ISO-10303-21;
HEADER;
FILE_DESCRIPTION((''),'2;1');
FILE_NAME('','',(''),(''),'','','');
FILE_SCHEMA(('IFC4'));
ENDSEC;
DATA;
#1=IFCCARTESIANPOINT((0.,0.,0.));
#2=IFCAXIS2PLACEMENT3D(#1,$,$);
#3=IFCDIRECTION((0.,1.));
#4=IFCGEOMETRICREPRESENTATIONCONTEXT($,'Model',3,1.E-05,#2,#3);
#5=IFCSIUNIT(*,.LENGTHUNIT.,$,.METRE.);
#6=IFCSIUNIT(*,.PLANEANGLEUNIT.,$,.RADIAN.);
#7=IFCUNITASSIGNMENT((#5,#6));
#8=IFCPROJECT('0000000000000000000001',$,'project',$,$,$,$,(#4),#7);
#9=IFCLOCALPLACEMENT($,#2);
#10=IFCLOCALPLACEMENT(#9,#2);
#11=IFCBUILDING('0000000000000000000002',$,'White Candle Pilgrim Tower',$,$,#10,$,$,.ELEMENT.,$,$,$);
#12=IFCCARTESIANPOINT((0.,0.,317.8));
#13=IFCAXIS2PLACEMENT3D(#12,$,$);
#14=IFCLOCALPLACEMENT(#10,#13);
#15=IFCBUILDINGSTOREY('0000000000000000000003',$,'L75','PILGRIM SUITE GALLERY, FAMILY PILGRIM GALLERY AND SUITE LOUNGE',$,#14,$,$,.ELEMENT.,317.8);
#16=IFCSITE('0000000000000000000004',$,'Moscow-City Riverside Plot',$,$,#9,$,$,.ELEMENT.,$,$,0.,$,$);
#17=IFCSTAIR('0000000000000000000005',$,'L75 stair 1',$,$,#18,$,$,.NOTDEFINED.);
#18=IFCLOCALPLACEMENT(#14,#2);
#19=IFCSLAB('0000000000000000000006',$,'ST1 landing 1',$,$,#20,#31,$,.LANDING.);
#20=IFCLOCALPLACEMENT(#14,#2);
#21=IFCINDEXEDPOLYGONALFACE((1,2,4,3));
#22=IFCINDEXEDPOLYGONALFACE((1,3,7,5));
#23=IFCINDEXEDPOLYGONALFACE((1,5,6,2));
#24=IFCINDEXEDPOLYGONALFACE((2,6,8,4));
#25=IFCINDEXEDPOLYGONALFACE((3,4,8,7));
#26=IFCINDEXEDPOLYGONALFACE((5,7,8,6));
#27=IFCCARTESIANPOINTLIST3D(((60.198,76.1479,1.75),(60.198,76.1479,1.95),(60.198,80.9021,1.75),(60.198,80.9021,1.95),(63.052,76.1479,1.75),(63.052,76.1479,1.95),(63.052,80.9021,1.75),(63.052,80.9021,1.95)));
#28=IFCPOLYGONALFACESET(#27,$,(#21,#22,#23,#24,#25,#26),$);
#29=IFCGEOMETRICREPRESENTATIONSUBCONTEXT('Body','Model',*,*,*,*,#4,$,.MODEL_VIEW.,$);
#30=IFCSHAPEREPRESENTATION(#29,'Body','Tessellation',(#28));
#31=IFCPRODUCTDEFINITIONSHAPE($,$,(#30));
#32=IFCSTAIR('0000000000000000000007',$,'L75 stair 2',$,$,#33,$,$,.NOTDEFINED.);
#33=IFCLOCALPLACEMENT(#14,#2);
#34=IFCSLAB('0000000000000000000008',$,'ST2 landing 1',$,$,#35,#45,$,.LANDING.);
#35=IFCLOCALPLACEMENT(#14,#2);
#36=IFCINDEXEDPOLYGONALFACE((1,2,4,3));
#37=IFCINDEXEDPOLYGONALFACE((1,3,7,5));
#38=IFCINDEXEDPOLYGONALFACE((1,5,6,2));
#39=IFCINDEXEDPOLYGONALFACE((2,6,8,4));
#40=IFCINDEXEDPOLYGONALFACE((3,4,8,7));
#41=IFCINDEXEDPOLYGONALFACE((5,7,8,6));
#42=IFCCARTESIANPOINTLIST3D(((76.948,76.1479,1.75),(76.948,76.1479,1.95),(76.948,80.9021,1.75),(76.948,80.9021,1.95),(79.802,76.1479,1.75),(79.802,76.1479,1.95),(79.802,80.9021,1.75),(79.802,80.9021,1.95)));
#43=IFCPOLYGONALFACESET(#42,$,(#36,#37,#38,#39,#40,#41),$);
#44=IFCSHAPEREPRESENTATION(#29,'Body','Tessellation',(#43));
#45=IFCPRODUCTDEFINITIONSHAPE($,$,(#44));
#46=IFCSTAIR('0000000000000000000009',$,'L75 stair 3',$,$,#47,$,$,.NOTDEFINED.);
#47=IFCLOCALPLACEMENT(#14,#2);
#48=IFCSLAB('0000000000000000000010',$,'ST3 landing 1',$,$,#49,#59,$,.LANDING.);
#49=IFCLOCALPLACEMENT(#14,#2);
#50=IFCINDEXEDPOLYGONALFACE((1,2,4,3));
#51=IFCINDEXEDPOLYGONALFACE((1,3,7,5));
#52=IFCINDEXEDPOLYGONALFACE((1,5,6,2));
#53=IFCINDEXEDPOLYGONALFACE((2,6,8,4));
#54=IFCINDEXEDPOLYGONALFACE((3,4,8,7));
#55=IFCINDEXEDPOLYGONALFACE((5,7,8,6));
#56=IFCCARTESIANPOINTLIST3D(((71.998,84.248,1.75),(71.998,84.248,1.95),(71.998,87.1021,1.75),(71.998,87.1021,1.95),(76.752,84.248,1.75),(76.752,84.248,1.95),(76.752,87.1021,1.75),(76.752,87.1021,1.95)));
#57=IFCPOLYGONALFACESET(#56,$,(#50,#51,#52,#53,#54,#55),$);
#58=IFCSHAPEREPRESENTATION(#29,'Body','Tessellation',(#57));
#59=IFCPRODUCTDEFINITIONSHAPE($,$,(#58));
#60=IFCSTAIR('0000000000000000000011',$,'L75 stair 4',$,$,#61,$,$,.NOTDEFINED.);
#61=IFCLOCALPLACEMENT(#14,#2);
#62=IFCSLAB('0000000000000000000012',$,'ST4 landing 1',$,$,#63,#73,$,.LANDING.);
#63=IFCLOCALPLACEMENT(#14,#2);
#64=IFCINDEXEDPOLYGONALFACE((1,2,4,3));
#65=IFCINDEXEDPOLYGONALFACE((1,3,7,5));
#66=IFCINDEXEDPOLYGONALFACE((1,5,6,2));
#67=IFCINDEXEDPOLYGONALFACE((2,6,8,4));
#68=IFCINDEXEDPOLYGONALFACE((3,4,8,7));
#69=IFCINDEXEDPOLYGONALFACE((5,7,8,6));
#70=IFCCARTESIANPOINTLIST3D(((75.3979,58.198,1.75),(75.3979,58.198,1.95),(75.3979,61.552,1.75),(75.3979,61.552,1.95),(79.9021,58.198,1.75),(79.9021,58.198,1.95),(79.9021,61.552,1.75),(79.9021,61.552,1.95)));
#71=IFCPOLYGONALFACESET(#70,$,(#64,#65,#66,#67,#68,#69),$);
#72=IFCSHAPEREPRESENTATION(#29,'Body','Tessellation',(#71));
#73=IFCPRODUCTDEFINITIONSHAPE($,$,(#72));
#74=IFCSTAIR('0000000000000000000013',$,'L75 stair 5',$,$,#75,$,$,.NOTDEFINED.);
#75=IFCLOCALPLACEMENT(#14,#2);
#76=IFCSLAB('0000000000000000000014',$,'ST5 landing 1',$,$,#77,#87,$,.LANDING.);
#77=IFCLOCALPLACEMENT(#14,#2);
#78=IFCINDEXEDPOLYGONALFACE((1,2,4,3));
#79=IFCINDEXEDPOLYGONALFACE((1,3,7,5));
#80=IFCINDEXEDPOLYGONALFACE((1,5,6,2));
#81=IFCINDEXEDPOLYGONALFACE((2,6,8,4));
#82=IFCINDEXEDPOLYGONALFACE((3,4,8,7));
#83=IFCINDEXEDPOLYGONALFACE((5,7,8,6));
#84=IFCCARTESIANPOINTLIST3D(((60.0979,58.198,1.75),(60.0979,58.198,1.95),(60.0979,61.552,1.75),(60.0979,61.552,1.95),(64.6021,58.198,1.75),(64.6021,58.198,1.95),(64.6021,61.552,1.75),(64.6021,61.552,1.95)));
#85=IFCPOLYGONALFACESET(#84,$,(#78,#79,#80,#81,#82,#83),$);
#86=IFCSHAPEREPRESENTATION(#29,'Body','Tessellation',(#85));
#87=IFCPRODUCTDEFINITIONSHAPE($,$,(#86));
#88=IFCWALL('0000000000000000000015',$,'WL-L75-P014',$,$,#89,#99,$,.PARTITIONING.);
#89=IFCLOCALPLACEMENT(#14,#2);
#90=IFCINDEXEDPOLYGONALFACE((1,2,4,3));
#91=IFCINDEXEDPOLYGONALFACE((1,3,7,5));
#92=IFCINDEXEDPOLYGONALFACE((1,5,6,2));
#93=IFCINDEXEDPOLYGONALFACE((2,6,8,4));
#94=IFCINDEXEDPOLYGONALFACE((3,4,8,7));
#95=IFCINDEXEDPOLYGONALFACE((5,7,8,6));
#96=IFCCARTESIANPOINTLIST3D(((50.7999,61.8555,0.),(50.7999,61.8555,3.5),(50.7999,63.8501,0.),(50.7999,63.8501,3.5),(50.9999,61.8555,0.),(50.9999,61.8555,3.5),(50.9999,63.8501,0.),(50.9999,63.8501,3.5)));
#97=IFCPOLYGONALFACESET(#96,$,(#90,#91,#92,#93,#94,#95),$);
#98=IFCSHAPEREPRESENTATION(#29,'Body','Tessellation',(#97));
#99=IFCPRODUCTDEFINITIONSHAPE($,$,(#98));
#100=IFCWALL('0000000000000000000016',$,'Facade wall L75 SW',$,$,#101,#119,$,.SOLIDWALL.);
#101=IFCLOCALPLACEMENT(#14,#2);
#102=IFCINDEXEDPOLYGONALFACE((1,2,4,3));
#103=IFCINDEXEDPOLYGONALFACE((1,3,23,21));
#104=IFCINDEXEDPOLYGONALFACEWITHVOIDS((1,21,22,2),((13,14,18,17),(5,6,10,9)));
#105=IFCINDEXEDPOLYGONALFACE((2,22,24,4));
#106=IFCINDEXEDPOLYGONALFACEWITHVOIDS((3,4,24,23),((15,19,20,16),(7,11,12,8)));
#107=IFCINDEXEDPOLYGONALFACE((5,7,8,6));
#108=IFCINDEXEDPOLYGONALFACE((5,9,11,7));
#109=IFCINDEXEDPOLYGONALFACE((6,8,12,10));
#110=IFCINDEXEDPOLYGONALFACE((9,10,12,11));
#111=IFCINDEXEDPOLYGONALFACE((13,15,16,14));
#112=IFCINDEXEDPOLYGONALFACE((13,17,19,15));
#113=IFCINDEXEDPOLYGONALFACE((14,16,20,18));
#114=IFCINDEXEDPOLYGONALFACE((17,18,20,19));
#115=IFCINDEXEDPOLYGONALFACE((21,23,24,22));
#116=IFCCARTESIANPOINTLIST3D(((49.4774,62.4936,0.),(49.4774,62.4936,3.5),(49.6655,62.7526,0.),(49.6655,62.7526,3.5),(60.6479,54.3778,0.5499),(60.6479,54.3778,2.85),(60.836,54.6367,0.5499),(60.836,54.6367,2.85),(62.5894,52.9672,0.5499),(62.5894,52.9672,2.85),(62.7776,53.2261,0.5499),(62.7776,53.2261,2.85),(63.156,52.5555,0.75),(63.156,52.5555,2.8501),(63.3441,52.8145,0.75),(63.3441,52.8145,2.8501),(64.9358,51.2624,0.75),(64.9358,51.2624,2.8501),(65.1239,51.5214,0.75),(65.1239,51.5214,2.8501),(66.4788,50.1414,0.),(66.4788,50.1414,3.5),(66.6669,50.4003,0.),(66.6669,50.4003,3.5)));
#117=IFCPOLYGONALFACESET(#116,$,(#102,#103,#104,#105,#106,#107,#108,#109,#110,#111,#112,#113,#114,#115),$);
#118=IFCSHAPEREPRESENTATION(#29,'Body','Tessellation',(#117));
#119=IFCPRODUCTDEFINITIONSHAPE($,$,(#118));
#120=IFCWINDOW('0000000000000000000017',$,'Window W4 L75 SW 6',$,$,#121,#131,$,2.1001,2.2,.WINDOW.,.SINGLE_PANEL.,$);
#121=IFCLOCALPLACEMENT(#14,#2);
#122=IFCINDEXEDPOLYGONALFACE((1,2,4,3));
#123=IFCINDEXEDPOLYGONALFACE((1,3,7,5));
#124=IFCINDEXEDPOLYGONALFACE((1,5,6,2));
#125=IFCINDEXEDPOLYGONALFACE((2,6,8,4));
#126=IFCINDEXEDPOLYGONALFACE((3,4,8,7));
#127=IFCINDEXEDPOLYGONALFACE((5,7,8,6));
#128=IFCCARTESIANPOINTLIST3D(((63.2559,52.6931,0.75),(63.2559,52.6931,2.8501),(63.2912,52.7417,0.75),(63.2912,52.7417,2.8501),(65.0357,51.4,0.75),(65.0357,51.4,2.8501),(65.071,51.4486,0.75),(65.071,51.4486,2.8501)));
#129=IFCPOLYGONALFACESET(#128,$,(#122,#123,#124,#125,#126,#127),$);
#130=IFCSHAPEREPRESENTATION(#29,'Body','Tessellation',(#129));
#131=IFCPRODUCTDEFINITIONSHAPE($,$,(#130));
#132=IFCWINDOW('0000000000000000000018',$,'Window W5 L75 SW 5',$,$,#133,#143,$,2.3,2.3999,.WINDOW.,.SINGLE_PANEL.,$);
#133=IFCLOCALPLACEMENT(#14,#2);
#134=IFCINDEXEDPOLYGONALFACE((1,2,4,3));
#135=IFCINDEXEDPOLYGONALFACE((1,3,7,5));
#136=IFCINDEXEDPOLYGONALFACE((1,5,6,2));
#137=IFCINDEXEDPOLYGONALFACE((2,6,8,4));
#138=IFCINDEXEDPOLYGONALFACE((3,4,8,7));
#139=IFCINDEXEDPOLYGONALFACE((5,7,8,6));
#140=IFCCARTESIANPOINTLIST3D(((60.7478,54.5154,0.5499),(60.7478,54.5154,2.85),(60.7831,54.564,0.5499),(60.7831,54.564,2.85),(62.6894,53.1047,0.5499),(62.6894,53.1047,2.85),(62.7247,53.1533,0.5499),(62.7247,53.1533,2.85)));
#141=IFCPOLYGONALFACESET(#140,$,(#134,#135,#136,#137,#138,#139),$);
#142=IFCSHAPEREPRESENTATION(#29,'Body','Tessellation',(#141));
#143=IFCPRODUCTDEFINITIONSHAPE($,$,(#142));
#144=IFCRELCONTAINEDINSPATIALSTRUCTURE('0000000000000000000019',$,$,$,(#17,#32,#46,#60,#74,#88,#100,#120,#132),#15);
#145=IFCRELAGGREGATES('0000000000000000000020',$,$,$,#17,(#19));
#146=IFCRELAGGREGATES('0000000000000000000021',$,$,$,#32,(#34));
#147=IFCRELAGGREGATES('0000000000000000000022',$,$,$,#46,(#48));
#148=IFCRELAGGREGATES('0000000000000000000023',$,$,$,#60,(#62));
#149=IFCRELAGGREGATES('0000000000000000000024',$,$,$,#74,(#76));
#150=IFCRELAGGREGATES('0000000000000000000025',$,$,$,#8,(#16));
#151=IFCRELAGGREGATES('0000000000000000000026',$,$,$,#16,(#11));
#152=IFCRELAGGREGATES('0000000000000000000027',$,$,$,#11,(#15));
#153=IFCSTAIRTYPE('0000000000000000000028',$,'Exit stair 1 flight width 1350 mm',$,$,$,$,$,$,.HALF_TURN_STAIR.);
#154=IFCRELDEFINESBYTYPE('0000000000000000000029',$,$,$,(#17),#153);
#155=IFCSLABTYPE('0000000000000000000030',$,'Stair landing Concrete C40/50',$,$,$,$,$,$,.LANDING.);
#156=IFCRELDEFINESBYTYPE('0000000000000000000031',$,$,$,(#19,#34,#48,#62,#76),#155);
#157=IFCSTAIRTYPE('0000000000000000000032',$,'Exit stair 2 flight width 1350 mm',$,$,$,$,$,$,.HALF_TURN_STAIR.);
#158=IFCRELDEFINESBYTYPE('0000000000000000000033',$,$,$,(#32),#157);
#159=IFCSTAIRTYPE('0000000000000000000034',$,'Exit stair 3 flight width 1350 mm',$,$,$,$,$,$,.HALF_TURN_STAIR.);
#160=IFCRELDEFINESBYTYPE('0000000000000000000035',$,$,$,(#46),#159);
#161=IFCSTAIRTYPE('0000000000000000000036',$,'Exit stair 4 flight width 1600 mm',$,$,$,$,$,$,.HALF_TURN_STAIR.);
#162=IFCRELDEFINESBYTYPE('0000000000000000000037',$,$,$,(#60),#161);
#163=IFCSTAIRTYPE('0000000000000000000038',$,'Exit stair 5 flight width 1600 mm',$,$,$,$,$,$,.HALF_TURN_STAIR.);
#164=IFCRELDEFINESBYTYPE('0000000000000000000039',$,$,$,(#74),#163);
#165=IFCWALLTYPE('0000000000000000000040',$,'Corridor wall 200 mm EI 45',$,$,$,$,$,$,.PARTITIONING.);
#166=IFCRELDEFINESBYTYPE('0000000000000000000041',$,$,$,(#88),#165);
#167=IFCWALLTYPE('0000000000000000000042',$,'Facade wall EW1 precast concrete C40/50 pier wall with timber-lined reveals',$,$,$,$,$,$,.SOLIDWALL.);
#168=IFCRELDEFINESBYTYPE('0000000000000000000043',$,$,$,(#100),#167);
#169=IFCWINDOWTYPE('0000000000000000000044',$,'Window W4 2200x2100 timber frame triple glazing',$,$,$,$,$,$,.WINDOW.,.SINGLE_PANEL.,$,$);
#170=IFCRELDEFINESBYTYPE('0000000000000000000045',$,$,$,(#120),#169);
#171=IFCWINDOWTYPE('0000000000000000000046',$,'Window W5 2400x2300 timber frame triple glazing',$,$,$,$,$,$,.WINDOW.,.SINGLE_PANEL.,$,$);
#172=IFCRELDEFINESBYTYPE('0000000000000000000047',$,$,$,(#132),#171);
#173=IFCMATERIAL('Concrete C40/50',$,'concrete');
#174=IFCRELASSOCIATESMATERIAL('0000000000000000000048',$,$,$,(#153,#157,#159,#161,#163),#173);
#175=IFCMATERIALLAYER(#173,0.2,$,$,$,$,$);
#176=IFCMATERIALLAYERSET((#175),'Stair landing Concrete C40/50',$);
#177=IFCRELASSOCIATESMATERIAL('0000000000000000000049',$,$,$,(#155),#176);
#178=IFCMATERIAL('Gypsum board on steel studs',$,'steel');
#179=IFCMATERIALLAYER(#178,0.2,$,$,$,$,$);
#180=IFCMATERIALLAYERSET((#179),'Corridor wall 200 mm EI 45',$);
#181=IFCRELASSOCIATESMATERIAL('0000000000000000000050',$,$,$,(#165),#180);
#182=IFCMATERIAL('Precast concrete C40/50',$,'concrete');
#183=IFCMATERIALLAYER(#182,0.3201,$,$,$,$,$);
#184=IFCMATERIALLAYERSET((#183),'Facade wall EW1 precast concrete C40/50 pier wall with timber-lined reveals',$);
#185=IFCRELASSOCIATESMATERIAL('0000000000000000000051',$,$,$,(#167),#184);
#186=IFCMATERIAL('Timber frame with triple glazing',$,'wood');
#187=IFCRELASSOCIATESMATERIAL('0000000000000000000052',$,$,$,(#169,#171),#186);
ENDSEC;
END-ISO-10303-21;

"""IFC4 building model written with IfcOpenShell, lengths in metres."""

from ifc_helpers import new_model, si_unit, direction, frame, frame_2d, origin, place, context, subcontext, project, spatial, polyline, rectangle, outline, extrude, material, layer, layer_set, type_object, element, fill, aggregate, save


model = new_model("IFC4")

# Units and contexts
model_context = context("Model", 3, precision=1e-05, world=origin(), true_north=direction((0.0, 1.0)))
body_context = subcontext(model_context, "Body", "Model", "MODEL_VIEW")
ifc_project = project(units=[si_unit("LENGTHUNIT", "METRE"), si_unit("PLANEANGLEUNIT", "RADIAN")], contexts=[model_context])

# Site, building, storey
site_placement = place(None, origin())
site = spatial("IfcSite", under=ifc_project, at=site_placement, Name="Moscow-City Riverside Plot", CompositionType="ELEMENT", RefElevation=0.0)
building_placement = place(site_placement, origin())
building = spatial("IfcBuilding", under=site, at=building_placement, Name="White Candle Pilgrim Tower", CompositionType="ELEMENT")
storey_placement = place(building_placement, frame((0.0, 0.0, 317.8)))
storey = spatial("IfcBuildingStorey", under=building, at=storey_placement, Name="L75", Description="PILGRIM SUITE GALLERY, FAMILY PILGRIM GALLERY AND SUITE LOUNGE", CompositionType="ELEMENT", Elevation=317.8)

# Shared definitions
ifc_material_1 = material(Name="Concrete C40/50", Category="concrete")

# Stairs, slabs
stair_type_1 = type_object("IfcStairType", Name="Exit stair 1 flight width 1350 mm", PredefinedType="HALF_TURN_STAIR", material=ifc_material_1)
stair_1_placement = place(storey_placement, origin())
stair_1 = element("IfcStair", 1, at=stair_1_placement, inside=storey, type_object=stair_type_1, Name="L75 stair 1", PredefinedType="NOTDEFINED")
ifc_layer_1 = layer(ifc_material_1, 0.2)
ifc_layer_set_1 = layer_set([ifc_layer_1], Name="Stair landing Concrete C40/50")
slab_type_1 = type_object("IfcSlabType", Name="Stair landing Concrete C40/50", PredefinedType="LANDING", material=ifc_layer_set_1)
slab_1_placement = place(storey_placement, frame((0.0, 0.0, 1.75)))
slab_1 = element("IfcSlab", 2, at=slab_1_placement, type_object=slab_type_1, Name="ST1 landing 1", PredefinedType="LANDING", context=body_context, shape_type="SweptSolid", body=[
    extrude(outline(polyline([(63.052, 76.1479), (60.198, 76.1479), (60.198, 80.9021), (63.052, 80.9021), (63.052, 76.1479)])), origin(), (0.0, 0.0, 1.0), 0.2),
])
aggregate(stair_1, [slab_1])
stair_type_2 = type_object("IfcStairType", Name="Exit stair 2 flight width 1350 mm", PredefinedType="HALF_TURN_STAIR", material=ifc_material_1)
stair_2_placement = place(storey_placement, origin())
stair_2 = element("IfcStair", 3, at=stair_2_placement, inside=storey, type_object=stair_type_2, Name="L75 stair 2", PredefinedType="NOTDEFINED")
slab_2_placement = place(storey_placement, frame((0.0, 0.0, 1.75)))
slab_2 = element("IfcSlab", 4, at=slab_2_placement, type_object=slab_type_1, Name="ST2 landing 1", PredefinedType="LANDING", context=body_context, shape_type="SweptSolid", body=[
    extrude(outline(polyline([(79.802, 76.1479), (76.948, 76.1479), (76.948, 80.9021), (79.802, 80.9021), (79.802, 76.1479)])), origin(), (0.0, 0.0, 1.0), 0.2),
])
aggregate(stair_2, [slab_2])
stair_type_3 = type_object("IfcStairType", Name="Exit stair 3 flight width 1350 mm", PredefinedType="HALF_TURN_STAIR", material=ifc_material_1)
stair_3_placement = place(storey_placement, origin())
stair_3 = element("IfcStair", 5, at=stair_3_placement, inside=storey, type_object=stair_type_3, Name="L75 stair 3", PredefinedType="NOTDEFINED")
slab_3_placement = place(storey_placement, frame((0.0, 0.0, 1.75)))
slab_3 = element("IfcSlab", 6, at=slab_3_placement, type_object=slab_type_1, Name="ST3 landing 1", PredefinedType="LANDING", context=body_context, shape_type="SweptSolid", body=[
    extrude(outline(polyline([(71.998, 84.248), (71.998, 87.1021), (76.752, 87.1021), (76.752, 84.248), (71.998, 84.248)])), origin(), (0.0, 0.0, 1.0), 0.2),
])
aggregate(stair_3, [slab_3])
stair_type_4 = type_object("IfcStairType", Name="Exit stair 4 flight width 1600 mm", PredefinedType="HALF_TURN_STAIR", material=ifc_material_1)
stair_4_placement = place(storey_placement, origin())
stair_4 = element("IfcStair", 7, at=stair_4_placement, inside=storey, type_object=stair_type_4, Name="L75 stair 4", PredefinedType="NOTDEFINED")
slab_4_placement = place(storey_placement, frame((0.0, 0.0, 1.75)))
slab_4 = element("IfcSlab", 8, at=slab_4_placement, type_object=slab_type_1, Name="ST4 landing 1", PredefinedType="LANDING", context=body_context, shape_type="SweptSolid", body=[
    extrude(outline(polyline([(79.9021, 61.552), (79.9021, 58.198), (75.3979, 58.198), (75.3979, 61.552), (79.9021, 61.552)])), origin(), (0.0, 0.0, 1.0), 0.2),
])
aggregate(stair_4, [slab_4])
stair_type_5 = type_object("IfcStairType", Name="Exit stair 5 flight width 1600 mm", PredefinedType="HALF_TURN_STAIR", material=ifc_material_1)
stair_5_placement = place(storey_placement, origin())
stair_5 = element("IfcStair", 9, at=stair_5_placement, inside=storey, type_object=stair_type_5, Name="L75 stair 5", PredefinedType="NOTDEFINED")
slab_5_placement = place(storey_placement, frame((0.0, 0.0, 1.75)))
slab_5 = element("IfcSlab", 10, at=slab_5_placement, type_object=slab_type_1, Name="ST5 landing 1", PredefinedType="LANDING", context=body_context, shape_type="SweptSolid", body=[
    extrude(outline(polyline([(60.0979, 58.198), (60.0979, 61.552), (64.6021, 61.552), (64.6021, 58.198), (60.0979, 58.198)])), origin(), (0.0, 0.0, 1.0), 0.2),
])
aggregate(stair_5, [slab_5])

# Wall
ifc_material_2 = material(Name="Gypsum board on steel studs", Category="steel")
ifc_layer_2 = layer(ifc_material_2, 0.2)
ifc_layer_set_2 = layer_set([ifc_layer_2], Name="Corridor wall 200 mm EI 45")
wall_type_1 = type_object("IfcWallType", Name="Corridor wall 200 mm EI 45", PredefinedType="PARTITIONING", material=ifc_layer_set_2)
wall_1_placement = place(storey_placement, frame((50.8999, 61.8555, 0.0), z_axis=(0.0, 0.0, 1.0), x_axis=(0.0, 1.0, 0.0)))
element("IfcWall", 11, at=wall_1_placement, inside=storey, type_object=wall_type_1, Name="WL-L75-P014", PredefinedType="PARTITIONING", context=body_context, shape_type="SweptSolid", body=[
    extrude(rectangle(XDim=1.9946, YDim=0.2, at=frame_2d((0.9973, 0.0))), origin(), (0.0, 0.0, 1.0), 3.5),
])

# Wall, openings, windows
ifc_material_3 = material(Name="Precast concrete C40/50", Category="concrete")
ifc_layer_3 = layer(ifc_material_3, 0.3201)
ifc_layer_set_3 = layer_set([ifc_layer_3], Name="Facade wall EW1 precast concrete C40/50 pier wall with timber-lined reveals")
wall_type_2 = type_object("IfcWallType", Name="Facade wall EW1 precast concrete C40/50 pier wall with timber-lined reveals", PredefinedType="SOLIDWALL", material=ifc_layer_set_3)
wall_2_placement = place(storey_placement, frame((49.5715, 62.623, 0.0), z_axis=(0.0, 0.0, 1.0), x_axis=(0.809017, -0.587785, 0.0)))
wall_2 = element("IfcWall", 12, at=wall_2_placement, inside=storey, type_object=wall_type_2, Name="Facade wall L75 SW", PredefinedType="SOLIDWALL", context=body_context, shape_type="SweptSolid", body=[
    extrude(rectangle(XDim=21.0149, YDim=0.3201, at=frame_2d((10.5073, 0.0))), origin(), (0.0, 0.0, 1.0), 3.5),
])
opening_1_placement = place(wall_2_placement, frame((13.8074, 0.0, 0.55)))
opening_1 = element("IfcOpeningElement", 13, at=opening_1_placement, cuts=wall_2, PredefinedType="OPENING", context=body_context, shape_type="SweptSolid", body=[
    extrude(rectangle(XDim=2.3999, YDim=2.3, at=frame_2d((1.2, 1.1499))), frame((0.0, 0.1699, 0.0), z_axis=(0.0, -1.0, 0.0), x_axis=(1.0, 0.0, 0.0)), (0.0, 0.0, 1.0), 0.3401),
])
opening_2_placement = place(wall_2_placement, frame((16.9075, 0.0, 0.75)))
opening_2 = element("IfcOpeningElement", 14, at=opening_2_placement, cuts=wall_2, PredefinedType="OPENING", context=body_context, shape_type="SweptSolid", body=[
    extrude(rectangle(XDim=2.2, YDim=2.1001, at=frame_2d((1.1001, 1.05))), frame((0.0, 0.1699, 0.0), z_axis=(0.0, -1.0, 0.0), x_axis=(1.0, 0.0, 0.0)), (0.0, 0.0, 1.0), 0.3401),
])
ifc_material_4 = material(Name="Timber frame with triple glazing", Category="wood")
window_type_1 = type_object("IfcWindowType", Name="Window W4 2200x2100 timber frame triple glazing", PartitioningType="SINGLE_PANEL", PredefinedType="WINDOW", material=ifc_material_4)
window_1_placement = place(opening_2_placement, origin())
window_1 = element("IfcWindow", 15, at=window_1_placement, inside=storey, type_object=window_type_1, Name="Window W4 L75 SW 6", OverallHeight=2.1001, OverallWidth=2.2, PartitioningType="SINGLE_PANEL", PredefinedType="WINDOW", context=body_context, shape_type="SweptSolid", body=[
    extrude(rectangle(XDim=2.2, YDim=2.1001, at=frame_2d((1.1001, 1.05))), frame((0.0, 0.0701, 0.0), z_axis=(0.0, -1.0, 0.0), x_axis=(1.0, 0.0, 0.0)), (0.0, 0.0, 1.0), 0.0601),
])
fill(opening_2, window_1)
window_type_2 = type_object("IfcWindowType", Name="Window W5 2400x2300 timber frame triple glazing", PartitioningType="SINGLE_PANEL", PredefinedType="WINDOW", material=ifc_material_4)
window_2_placement = place(opening_1_placement, origin())
window_2 = element("IfcWindow", 16, at=window_2_placement, inside=storey, type_object=window_type_2, Name="Window W5 L75 SW 5", OverallHeight=2.3, OverallWidth=2.3999, PartitioningType="SINGLE_PANEL", PredefinedType="WINDOW", context=body_context, shape_type="SweptSolid", body=[
    extrude(rectangle(XDim=2.3999, YDim=2.3, at=frame_2d((1.2, 1.1499))), frame((0.0, 0.0701, 0.0), z_axis=(0.0, -1.0, 0.0), x_axis=(1.0, 0.0, 0.0)), (0.0, 0.0, 1.0), 0.0601),
])
fill(opening_1, window_2)

save(model, "model.ifc")
